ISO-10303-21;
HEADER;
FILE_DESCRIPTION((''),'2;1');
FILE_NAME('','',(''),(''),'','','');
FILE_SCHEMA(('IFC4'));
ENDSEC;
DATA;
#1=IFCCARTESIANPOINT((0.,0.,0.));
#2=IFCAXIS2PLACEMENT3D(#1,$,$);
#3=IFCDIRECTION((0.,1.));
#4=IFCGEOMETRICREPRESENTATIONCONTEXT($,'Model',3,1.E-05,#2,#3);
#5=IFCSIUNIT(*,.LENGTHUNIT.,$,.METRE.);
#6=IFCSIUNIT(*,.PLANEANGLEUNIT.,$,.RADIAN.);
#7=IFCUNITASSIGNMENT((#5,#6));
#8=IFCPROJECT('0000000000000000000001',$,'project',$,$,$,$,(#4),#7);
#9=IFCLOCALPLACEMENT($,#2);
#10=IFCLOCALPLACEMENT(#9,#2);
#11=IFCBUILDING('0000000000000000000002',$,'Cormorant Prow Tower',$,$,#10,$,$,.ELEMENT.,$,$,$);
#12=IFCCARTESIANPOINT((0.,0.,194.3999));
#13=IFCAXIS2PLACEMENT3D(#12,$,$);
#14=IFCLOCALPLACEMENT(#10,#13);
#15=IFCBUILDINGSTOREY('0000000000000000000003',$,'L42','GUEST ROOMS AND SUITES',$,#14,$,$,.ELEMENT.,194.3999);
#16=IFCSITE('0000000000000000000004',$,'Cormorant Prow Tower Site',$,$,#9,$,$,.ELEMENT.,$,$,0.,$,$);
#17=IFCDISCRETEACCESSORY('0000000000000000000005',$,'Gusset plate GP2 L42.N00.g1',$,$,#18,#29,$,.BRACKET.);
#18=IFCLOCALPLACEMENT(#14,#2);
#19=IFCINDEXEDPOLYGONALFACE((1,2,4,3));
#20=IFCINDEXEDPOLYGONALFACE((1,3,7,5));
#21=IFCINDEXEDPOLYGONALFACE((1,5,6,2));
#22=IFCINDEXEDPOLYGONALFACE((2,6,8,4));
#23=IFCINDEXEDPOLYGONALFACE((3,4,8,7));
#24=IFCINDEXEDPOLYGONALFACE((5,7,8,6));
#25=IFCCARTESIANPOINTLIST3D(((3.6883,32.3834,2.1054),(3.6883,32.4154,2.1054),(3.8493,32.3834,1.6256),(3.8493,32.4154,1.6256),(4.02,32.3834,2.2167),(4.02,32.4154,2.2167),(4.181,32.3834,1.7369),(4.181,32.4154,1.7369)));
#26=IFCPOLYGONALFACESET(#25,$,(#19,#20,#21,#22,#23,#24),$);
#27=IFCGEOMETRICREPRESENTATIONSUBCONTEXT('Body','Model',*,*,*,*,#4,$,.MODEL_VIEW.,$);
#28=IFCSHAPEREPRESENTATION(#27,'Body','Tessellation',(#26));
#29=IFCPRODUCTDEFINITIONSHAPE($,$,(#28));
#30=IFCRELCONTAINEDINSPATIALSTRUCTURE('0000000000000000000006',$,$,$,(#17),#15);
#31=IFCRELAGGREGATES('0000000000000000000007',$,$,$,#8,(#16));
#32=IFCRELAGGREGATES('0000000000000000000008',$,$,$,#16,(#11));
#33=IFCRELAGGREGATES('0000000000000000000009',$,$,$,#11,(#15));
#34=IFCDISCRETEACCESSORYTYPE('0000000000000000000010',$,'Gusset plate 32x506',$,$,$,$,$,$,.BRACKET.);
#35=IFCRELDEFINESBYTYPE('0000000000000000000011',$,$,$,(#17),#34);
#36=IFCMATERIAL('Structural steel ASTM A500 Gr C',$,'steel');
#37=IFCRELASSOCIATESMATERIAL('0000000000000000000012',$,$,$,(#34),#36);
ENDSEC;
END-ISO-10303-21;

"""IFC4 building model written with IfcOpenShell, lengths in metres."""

from ifc_helpers import new_model, si_unit, direction, frame, origin, origin_2d, place, context, subcontext, project, spatial, rectangle, extrude, material, material_profile, profile_set, type_object, element, save


model = new_model("IFC4")

# Units and contexts
model_context = context("Model", 3, precision=1e-05, world=origin(), true_north=direction((0.0, 1.0)))
body_context = subcontext(model_context, "Body", "Model", "MODEL_VIEW")
ifc_project = project(units=[si_unit("LENGTHUNIT", "METRE"), si_unit("PLANEANGLEUNIT", "RADIAN")], contexts=[model_context])

# Site, building, storey
site_placement = place(None, origin())
site = spatial("IfcSite", under=ifc_project, at=site_placement, Name="Cormorant Prow Tower Site", CompositionType="ELEMENT", RefElevation=0.0)
building_placement = place(site_placement, origin())
building = spatial("IfcBuilding", under=site, at=building_placement, Name="Cormorant Prow Tower", CompositionType="ELEMENT")
storey_placement = place(building_placement, frame((0.0, 0.0, 194.3999)))
storey = spatial("IfcBuildingStorey", under=building, at=storey_placement, Name="L42", Description="GUEST ROOMS AND SUITES", CompositionType="ELEMENT", Elevation=194.3999)

# Discrete accessory
ifc_material_1 = material(Name="Structural steel ASTM A500 Gr C", Category="steel")
ifc_material_profile_1 = material_profile(ifc_material_1, rectangle(XDim=0.032, YDim=0.5061, at=origin_2d()), Name="Gusset plate 32x506")
ifc_profile_set_1 = profile_set([ifc_material_profile_1], Name="Structural steel ASTM A500 Gr C")
discrete_accessory_type = type_object("IfcDiscreteAccessoryType", Name="Gusset plate 32x506", PredefinedType="BRACKET", material=ifc_profile_set_1)
discrete_accessory_1_placement = place(storey_placement, frame((3.7688, 32.3994, 1.8655), z_axis=(0.948054, 0.0, 0.318111), x_axis=(0.0, 1.0, 0.0)))
element("IfcDiscreteAccessory", 1, at=discrete_accessory_1_placement, inside=storey, type_object=discrete_accessory_type, Name="Gusset plate GP2 L42.N00.g1", PredefinedType="BRACKET", context=body_context, shape_type="SweptSolid", body=[
    extrude(rectangle(XDim=0.032, YDim=0.5061, at=origin_2d()), origin(), (0.0, 0.0, 1.0), 0.3499),
])

save(model, "model.ifc")
